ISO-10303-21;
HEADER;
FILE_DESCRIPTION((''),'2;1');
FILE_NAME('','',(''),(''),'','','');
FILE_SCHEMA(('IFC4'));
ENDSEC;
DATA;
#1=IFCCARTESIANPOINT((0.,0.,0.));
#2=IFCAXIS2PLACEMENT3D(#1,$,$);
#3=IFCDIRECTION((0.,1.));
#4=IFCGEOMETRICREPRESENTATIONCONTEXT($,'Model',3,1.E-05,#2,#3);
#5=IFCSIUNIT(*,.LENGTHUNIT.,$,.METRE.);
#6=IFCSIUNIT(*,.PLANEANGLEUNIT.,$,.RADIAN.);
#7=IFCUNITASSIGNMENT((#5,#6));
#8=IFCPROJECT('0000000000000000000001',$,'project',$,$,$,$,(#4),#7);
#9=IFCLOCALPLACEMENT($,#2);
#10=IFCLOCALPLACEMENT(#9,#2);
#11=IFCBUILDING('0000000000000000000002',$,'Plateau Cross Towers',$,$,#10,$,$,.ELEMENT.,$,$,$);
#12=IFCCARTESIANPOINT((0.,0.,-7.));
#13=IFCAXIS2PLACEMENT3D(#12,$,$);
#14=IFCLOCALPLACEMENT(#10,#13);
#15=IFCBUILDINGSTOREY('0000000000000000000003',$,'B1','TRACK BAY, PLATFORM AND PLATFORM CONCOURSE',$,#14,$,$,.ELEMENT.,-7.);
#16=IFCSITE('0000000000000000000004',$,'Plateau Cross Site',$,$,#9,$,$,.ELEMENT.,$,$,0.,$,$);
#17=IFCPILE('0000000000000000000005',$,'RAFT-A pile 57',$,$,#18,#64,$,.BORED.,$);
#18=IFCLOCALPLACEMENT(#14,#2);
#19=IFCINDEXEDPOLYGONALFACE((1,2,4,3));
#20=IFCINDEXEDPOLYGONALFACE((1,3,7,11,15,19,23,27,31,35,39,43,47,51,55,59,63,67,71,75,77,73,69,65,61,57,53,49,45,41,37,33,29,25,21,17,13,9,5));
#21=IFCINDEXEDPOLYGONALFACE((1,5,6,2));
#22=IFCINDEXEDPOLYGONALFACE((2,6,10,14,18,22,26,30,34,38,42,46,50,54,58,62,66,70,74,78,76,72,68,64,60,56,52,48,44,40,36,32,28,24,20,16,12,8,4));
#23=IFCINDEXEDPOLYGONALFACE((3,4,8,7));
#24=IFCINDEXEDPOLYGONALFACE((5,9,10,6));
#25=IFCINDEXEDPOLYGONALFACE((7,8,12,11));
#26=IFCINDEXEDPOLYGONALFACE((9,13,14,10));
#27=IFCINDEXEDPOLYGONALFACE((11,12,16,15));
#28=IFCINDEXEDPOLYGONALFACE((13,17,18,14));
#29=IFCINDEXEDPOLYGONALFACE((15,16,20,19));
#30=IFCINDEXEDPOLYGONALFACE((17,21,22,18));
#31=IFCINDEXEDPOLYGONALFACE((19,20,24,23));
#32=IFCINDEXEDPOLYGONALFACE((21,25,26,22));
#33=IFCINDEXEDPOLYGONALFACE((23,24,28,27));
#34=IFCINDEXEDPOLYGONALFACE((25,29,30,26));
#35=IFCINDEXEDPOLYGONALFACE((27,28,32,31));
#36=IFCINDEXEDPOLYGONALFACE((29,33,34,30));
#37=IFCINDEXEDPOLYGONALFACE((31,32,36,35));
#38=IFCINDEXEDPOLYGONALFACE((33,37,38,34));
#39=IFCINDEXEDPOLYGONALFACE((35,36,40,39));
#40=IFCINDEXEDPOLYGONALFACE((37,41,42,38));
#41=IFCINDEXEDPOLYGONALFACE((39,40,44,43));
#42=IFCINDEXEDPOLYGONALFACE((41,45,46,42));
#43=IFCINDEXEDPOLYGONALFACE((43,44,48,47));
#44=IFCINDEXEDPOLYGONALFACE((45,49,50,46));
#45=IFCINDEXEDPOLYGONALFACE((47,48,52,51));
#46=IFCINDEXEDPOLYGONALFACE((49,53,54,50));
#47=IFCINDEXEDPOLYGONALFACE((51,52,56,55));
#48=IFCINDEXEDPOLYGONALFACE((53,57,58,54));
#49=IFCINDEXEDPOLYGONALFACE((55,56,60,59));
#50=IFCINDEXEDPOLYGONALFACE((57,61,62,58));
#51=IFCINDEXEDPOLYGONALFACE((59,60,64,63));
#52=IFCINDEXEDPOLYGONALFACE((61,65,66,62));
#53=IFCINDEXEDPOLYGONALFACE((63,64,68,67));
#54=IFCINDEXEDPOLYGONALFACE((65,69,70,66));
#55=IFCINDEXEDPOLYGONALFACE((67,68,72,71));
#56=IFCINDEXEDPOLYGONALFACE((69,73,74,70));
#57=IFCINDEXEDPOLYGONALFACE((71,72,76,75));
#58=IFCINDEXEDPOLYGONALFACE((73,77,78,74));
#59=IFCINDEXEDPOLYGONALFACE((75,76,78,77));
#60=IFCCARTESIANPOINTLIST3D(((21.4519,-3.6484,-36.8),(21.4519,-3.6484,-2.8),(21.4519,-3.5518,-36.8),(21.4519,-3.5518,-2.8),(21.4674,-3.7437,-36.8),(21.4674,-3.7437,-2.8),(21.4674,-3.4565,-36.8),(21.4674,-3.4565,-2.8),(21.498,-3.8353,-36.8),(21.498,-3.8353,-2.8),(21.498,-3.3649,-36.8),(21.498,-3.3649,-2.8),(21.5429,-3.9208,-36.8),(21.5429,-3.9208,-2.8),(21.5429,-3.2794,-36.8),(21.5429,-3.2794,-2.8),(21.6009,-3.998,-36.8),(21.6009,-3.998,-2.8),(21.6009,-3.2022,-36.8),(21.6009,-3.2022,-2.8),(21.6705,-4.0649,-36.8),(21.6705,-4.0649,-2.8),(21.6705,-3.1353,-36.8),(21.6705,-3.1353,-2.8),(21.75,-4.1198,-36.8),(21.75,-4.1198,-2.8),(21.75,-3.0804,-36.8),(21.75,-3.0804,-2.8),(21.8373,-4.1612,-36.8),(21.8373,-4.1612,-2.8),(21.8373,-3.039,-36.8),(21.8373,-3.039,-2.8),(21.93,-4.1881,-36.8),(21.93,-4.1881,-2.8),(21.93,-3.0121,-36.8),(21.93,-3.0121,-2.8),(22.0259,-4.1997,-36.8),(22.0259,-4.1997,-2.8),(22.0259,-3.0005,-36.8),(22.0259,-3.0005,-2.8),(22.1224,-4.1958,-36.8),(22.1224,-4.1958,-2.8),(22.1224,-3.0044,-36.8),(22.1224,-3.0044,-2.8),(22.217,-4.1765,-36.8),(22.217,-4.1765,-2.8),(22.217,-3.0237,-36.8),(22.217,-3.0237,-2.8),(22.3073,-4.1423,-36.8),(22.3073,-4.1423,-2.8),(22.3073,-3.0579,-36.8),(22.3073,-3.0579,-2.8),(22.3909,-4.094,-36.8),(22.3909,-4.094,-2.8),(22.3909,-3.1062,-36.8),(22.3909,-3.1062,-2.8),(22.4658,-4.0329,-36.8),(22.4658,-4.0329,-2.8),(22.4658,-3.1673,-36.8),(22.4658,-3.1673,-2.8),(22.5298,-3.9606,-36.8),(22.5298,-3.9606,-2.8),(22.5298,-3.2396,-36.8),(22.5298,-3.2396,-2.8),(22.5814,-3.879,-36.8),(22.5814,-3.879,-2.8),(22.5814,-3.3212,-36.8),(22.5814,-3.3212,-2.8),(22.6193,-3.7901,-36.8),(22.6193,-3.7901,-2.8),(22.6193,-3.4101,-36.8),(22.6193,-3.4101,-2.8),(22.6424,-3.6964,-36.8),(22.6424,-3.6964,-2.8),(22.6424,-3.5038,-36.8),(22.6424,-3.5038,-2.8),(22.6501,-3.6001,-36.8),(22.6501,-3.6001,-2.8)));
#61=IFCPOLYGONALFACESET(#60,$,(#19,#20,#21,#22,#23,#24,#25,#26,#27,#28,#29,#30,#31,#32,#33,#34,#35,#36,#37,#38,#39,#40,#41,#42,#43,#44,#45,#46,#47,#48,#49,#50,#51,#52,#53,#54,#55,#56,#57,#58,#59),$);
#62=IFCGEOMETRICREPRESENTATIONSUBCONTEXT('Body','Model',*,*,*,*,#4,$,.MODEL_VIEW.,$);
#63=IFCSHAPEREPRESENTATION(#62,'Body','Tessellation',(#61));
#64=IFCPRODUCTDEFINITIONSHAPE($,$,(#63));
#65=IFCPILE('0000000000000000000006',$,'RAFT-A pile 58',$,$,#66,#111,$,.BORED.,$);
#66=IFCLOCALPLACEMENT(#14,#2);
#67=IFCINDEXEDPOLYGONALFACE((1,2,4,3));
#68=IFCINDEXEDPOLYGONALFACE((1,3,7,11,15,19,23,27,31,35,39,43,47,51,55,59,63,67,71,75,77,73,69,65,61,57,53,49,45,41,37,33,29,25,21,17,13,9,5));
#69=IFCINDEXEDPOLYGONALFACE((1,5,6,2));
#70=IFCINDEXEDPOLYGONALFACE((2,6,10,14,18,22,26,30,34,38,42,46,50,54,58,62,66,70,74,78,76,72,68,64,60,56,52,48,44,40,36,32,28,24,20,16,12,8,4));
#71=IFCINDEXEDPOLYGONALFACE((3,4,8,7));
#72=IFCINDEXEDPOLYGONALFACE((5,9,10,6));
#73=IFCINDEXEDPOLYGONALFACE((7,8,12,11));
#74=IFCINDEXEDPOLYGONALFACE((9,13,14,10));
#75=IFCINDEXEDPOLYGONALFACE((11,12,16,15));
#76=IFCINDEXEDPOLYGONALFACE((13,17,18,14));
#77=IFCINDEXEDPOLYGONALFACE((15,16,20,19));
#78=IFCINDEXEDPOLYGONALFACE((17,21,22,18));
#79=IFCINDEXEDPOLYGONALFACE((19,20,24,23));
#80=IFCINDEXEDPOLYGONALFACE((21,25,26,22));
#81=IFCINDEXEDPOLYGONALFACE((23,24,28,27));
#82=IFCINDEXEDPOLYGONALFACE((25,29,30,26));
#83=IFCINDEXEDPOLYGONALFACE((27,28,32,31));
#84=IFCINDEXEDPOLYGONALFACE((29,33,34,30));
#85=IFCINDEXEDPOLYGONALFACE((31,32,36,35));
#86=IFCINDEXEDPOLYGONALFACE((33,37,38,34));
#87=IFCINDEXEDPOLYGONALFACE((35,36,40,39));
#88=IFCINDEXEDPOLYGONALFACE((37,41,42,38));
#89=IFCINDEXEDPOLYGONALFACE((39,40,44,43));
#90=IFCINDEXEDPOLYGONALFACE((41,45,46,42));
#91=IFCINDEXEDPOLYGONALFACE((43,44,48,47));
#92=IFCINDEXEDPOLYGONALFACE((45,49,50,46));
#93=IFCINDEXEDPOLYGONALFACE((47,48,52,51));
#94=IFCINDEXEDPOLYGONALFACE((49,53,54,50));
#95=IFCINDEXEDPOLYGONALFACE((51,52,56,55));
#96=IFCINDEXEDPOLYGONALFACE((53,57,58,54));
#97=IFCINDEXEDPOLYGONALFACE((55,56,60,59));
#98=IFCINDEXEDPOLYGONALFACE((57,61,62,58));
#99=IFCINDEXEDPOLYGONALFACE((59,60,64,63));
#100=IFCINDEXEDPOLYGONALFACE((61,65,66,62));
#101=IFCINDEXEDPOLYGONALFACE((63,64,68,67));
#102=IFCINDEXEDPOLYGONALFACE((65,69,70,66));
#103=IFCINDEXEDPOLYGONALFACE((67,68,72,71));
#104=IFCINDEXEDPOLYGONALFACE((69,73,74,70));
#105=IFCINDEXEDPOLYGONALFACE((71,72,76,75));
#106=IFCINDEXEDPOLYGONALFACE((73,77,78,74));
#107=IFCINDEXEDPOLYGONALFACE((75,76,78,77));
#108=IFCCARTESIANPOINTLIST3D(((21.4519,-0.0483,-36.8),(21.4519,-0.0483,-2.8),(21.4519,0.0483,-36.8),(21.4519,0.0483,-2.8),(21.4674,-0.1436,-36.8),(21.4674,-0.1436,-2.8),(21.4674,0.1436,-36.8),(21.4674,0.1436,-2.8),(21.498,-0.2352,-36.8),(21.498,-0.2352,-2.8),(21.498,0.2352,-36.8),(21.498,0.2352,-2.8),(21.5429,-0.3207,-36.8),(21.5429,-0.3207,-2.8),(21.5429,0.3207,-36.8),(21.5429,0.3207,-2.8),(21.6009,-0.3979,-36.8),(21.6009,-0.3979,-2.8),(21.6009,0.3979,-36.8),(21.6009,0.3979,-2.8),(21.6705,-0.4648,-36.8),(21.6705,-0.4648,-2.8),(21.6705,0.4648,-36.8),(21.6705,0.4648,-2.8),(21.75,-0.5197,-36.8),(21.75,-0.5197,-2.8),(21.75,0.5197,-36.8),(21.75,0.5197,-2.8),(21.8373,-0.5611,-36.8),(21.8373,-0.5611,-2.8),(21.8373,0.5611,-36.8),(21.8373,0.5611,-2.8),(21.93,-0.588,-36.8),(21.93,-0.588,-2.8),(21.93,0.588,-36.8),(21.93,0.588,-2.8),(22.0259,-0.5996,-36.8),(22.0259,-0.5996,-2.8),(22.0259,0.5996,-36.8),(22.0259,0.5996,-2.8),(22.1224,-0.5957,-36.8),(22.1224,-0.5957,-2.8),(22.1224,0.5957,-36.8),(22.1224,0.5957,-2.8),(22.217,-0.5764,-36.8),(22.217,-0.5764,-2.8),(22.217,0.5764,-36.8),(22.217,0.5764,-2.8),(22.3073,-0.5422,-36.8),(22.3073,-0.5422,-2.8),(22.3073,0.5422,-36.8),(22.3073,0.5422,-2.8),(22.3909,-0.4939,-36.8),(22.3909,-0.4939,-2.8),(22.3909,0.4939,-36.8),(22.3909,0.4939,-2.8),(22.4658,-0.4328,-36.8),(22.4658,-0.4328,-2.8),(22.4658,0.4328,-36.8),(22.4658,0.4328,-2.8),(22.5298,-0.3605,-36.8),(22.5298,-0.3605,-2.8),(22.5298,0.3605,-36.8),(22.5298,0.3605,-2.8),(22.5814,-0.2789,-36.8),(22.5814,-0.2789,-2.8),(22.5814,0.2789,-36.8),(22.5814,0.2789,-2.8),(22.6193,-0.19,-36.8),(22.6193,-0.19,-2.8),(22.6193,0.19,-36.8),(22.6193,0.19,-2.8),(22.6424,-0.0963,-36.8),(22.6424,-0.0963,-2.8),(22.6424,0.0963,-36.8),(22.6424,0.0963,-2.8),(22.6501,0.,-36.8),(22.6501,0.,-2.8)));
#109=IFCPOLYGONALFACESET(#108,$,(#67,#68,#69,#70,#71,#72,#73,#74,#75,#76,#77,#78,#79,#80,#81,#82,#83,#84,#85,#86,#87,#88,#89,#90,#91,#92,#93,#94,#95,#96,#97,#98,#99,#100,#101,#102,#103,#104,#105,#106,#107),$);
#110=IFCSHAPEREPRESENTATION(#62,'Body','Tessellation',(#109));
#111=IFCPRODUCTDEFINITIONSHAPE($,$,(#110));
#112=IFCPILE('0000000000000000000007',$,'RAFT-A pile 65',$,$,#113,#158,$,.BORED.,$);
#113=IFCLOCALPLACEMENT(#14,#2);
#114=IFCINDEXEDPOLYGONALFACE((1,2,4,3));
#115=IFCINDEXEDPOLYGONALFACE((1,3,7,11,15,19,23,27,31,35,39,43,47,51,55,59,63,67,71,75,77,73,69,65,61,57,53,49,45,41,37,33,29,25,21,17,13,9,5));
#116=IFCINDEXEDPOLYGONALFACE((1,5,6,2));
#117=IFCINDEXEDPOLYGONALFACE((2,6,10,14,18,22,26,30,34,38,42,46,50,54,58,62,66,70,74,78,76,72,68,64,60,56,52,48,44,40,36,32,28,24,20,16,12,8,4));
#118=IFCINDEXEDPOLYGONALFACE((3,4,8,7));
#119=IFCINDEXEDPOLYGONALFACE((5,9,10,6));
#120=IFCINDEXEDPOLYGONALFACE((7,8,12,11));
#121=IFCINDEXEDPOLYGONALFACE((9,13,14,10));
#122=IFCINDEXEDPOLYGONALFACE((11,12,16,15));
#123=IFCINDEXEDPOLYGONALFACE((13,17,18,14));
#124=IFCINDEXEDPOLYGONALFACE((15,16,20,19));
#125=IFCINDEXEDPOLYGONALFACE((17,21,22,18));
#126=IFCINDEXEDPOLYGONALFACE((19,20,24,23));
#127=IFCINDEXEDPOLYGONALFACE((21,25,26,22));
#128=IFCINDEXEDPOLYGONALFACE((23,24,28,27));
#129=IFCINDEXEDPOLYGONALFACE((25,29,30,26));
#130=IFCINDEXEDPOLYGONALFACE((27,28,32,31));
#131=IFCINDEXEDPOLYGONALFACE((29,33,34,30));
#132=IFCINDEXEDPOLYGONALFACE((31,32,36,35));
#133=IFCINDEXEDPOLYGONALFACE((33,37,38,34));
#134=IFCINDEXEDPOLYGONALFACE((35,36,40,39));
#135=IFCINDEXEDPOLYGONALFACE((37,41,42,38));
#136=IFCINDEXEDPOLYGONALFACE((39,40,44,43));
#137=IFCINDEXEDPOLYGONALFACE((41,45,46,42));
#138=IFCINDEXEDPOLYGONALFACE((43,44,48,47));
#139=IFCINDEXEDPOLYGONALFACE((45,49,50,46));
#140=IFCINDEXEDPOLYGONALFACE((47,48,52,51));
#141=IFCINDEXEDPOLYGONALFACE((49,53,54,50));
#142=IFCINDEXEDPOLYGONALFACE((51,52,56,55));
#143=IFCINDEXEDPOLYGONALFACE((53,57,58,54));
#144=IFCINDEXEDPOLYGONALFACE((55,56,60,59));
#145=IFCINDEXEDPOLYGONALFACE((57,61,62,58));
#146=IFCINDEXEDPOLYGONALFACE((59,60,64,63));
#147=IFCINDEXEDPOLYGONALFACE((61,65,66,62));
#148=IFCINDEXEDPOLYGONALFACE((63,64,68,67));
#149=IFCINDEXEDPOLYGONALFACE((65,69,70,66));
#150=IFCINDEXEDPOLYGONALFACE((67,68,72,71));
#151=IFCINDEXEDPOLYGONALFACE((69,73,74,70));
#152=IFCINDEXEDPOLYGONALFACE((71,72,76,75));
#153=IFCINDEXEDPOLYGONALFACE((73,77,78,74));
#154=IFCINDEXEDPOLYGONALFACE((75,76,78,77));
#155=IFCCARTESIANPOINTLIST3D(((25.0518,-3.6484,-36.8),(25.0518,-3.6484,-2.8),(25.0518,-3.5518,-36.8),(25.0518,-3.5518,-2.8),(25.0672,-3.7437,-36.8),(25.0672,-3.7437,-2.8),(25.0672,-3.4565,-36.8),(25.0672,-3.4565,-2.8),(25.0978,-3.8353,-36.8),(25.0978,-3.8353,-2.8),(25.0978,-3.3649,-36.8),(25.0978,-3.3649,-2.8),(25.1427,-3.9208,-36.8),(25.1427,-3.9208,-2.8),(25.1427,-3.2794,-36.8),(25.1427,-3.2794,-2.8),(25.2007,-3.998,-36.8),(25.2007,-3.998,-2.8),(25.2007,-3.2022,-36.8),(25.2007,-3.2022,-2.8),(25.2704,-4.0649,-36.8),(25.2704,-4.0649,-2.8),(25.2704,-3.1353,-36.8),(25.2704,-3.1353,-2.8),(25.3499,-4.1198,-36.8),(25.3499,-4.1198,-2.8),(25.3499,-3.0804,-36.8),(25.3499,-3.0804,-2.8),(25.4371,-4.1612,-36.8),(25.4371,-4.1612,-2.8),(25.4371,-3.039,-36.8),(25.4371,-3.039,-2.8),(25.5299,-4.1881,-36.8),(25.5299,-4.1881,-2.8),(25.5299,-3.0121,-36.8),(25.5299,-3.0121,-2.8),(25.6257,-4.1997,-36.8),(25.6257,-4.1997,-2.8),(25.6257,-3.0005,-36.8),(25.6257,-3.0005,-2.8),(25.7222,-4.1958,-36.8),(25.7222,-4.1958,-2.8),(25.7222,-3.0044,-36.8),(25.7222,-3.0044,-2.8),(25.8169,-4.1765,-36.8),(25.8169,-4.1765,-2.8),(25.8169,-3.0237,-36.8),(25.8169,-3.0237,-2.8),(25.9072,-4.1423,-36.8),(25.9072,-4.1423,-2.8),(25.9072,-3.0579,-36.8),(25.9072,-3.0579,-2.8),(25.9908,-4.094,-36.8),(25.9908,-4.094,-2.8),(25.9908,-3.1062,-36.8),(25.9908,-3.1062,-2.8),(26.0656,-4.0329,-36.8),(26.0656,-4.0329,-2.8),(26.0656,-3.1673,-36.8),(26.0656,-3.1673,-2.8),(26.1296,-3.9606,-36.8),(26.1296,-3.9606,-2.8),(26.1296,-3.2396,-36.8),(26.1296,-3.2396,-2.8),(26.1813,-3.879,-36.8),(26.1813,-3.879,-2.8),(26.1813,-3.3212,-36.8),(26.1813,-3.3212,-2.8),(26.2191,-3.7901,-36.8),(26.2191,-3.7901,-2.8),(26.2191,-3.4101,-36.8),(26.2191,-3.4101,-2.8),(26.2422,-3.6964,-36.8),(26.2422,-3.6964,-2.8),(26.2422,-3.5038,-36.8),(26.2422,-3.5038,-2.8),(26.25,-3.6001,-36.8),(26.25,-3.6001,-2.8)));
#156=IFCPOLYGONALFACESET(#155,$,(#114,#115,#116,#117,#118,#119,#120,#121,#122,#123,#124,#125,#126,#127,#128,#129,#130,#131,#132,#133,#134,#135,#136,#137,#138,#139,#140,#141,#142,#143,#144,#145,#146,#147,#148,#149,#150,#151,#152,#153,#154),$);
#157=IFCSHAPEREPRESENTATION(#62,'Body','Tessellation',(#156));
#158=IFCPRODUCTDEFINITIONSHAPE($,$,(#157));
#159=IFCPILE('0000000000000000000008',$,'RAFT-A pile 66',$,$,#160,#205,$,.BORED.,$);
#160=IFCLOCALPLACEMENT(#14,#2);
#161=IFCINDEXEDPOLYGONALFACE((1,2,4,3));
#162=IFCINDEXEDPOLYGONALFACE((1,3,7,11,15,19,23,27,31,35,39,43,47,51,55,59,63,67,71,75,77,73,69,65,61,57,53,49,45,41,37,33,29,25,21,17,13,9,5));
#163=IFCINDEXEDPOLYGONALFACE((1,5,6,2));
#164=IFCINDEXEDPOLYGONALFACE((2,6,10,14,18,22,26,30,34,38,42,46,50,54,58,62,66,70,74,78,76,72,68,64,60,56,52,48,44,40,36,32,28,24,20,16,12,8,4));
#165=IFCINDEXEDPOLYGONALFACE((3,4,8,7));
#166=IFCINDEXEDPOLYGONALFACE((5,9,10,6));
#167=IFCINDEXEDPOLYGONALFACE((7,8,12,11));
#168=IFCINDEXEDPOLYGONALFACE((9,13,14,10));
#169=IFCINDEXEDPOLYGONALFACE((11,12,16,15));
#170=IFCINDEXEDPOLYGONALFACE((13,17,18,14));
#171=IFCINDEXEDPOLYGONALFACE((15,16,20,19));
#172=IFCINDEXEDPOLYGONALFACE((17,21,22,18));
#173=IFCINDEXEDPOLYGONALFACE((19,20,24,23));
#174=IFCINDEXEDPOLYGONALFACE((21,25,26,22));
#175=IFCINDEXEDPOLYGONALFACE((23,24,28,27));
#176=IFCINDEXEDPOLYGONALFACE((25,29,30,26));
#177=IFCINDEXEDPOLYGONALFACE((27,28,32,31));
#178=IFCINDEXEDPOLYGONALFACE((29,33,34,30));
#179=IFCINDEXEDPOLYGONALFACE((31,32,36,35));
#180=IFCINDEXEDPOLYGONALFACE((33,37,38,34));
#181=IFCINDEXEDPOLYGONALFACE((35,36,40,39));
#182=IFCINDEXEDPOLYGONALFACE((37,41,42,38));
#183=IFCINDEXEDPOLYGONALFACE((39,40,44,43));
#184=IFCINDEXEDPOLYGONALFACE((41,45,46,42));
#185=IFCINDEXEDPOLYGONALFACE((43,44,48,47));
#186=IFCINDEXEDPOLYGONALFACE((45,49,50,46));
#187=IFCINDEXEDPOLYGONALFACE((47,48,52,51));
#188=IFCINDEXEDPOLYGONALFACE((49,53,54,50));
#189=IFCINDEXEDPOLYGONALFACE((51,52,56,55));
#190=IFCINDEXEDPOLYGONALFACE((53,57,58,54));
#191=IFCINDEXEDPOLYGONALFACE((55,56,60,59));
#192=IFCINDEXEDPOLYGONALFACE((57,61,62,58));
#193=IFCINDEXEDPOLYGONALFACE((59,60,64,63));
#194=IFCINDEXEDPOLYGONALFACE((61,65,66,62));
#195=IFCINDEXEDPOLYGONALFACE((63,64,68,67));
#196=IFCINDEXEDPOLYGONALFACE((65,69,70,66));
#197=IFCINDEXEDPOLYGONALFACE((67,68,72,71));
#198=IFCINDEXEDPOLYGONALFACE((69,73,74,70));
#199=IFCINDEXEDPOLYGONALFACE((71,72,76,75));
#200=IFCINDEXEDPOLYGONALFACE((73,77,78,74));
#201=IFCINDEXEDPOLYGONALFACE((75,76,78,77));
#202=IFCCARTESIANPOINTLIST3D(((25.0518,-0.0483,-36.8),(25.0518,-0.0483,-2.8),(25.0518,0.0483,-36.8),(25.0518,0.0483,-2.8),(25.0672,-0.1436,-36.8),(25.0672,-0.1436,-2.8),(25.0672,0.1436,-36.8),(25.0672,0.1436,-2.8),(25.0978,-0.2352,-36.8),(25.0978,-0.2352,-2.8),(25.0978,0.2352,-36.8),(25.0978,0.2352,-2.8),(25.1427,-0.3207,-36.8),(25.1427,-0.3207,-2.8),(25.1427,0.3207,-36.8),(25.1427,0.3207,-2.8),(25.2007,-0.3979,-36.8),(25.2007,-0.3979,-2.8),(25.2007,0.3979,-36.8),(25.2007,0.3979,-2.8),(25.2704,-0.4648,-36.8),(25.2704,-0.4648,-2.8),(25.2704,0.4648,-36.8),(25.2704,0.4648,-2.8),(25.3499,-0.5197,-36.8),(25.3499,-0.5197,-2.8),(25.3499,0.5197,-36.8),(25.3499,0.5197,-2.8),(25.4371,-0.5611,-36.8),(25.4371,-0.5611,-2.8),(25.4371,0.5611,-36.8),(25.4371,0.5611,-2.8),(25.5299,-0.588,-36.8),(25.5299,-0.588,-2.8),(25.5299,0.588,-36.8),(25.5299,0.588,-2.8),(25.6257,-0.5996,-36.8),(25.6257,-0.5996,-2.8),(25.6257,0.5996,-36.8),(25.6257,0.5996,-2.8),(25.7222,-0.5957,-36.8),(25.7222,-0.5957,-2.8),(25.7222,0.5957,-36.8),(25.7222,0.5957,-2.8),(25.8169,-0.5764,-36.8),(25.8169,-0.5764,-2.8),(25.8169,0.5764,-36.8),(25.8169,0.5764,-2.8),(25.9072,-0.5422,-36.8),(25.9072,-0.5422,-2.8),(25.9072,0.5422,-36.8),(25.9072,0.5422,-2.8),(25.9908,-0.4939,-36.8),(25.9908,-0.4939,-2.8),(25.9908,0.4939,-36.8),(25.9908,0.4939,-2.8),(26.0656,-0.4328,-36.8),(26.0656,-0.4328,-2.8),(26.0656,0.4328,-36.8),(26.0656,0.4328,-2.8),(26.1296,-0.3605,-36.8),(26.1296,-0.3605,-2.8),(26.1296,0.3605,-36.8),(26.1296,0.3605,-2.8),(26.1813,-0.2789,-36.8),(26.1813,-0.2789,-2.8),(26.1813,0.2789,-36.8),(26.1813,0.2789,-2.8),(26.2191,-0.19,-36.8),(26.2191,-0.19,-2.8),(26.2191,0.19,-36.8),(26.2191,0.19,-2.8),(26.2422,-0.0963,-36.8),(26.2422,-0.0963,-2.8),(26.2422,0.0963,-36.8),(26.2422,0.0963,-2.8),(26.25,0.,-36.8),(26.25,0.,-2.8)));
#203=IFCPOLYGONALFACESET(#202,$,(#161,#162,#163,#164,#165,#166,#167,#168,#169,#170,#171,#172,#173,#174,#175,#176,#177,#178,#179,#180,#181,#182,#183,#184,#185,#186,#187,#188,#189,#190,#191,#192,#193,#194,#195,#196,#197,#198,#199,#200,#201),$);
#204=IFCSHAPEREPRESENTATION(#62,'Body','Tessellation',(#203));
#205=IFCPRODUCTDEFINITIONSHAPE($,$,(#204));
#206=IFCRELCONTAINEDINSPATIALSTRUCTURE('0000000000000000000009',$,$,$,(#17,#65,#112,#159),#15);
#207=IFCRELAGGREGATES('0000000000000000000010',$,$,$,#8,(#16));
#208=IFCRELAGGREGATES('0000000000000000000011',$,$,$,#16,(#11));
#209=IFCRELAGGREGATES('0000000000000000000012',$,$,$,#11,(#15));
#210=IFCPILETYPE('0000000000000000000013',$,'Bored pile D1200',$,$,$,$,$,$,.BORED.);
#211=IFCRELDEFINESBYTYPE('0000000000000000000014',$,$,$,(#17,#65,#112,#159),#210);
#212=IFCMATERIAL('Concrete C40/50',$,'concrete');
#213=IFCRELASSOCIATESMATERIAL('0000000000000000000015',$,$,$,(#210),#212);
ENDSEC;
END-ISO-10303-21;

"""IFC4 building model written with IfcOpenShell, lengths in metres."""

from ifc_helpers import new_model, si_unit, direction, frame, origin, origin_2d, place, context, subcontext, project, spatial, circle, extrude, material, material_profile, profile_set, type_object, element, save


model = new_model("IFC4")

# Units and contexts
model_context = context("Model", 3, precision=1e-05, world=origin(), true_north=direction((0.0, 1.0)))
body_context = subcontext(model_context, "Body", "Model", "MODEL_VIEW")
ifc_project = project(units=[si_unit("LENGTHUNIT", "METRE"), si_unit("PLANEANGLEUNIT", "RADIAN")], contexts=[model_context])

# Site, building, storey
site_placement = place(None, origin())
site = spatial("IfcSite", under=ifc_project, at=site_placement, Name="Plateau Cross Site", CompositionType="ELEMENT", RefElevation=0.0)
building_placement = place(site_placement, origin())
building = spatial("IfcBuilding", under=site, at=building_placement, Name="Plateau Cross Towers", CompositionType="ELEMENT")
storey_placement = place(building_placement, frame((0.0, 0.0, -7.0)))
storey = spatial("IfcBuildingStorey", under=building, at=storey_placement, Name="B1", Description="TRACK BAY, PLATFORM AND PLATFORM CONCOURSE", CompositionType="ELEMENT", Elevation=-7.0)

# Piles
ifc_material_1 = material(Name="Concrete C40/50", Category="concrete")
ifc_material_profile_1 = material_profile(ifc_material_1, circle(Radius=0.6001, at=origin_2d()), Name="Bored pile D1200")
ifc_profile_set_1 = profile_set([ifc_material_profile_1], Name="Concrete C40/50")
pile_type = type_object("IfcPileType", Name="Bored pile D1200", PredefinedType="BORED", material=ifc_profile_set_1)
for number, where, z_axis, x_axis, name in (
    (1, (22.05, -3.6001, -2.8), (0.0, 0.0, -1.0), (1.0, 0.0, 0.0), "RAFT-A pile 57"),
    (2, (22.05, 0.0, -2.8), (0.0, 0.0, -1.0), (1.0, 0.0, 0.0), "RAFT-A pile 58"),
    (3, (25.6499, -3.6001, -2.8), (0.0, 0.0, -1.0), (1.0, 0.0, 0.0), "RAFT-A pile 65"),
    (4, (25.6499, 0.0, -2.8), (0.0, 0.0, -1.0), (1.0, 0.0, 0.0), "RAFT-A pile 66"),
):
    element("IfcPile", number, at=place(storey_placement, frame(where, z_axis=z_axis, x_axis=x_axis)), inside=storey, type_object=pile_type, Name=name, PredefinedType="BORED", context=body_context, shape_type="SweptSolid", body=[
        extrude(circle(Radius=0.6001, at=origin_2d()), origin(), (0.0, 0.0, 1.0), 34.0),
    ])

save(model, "model.ifc")
